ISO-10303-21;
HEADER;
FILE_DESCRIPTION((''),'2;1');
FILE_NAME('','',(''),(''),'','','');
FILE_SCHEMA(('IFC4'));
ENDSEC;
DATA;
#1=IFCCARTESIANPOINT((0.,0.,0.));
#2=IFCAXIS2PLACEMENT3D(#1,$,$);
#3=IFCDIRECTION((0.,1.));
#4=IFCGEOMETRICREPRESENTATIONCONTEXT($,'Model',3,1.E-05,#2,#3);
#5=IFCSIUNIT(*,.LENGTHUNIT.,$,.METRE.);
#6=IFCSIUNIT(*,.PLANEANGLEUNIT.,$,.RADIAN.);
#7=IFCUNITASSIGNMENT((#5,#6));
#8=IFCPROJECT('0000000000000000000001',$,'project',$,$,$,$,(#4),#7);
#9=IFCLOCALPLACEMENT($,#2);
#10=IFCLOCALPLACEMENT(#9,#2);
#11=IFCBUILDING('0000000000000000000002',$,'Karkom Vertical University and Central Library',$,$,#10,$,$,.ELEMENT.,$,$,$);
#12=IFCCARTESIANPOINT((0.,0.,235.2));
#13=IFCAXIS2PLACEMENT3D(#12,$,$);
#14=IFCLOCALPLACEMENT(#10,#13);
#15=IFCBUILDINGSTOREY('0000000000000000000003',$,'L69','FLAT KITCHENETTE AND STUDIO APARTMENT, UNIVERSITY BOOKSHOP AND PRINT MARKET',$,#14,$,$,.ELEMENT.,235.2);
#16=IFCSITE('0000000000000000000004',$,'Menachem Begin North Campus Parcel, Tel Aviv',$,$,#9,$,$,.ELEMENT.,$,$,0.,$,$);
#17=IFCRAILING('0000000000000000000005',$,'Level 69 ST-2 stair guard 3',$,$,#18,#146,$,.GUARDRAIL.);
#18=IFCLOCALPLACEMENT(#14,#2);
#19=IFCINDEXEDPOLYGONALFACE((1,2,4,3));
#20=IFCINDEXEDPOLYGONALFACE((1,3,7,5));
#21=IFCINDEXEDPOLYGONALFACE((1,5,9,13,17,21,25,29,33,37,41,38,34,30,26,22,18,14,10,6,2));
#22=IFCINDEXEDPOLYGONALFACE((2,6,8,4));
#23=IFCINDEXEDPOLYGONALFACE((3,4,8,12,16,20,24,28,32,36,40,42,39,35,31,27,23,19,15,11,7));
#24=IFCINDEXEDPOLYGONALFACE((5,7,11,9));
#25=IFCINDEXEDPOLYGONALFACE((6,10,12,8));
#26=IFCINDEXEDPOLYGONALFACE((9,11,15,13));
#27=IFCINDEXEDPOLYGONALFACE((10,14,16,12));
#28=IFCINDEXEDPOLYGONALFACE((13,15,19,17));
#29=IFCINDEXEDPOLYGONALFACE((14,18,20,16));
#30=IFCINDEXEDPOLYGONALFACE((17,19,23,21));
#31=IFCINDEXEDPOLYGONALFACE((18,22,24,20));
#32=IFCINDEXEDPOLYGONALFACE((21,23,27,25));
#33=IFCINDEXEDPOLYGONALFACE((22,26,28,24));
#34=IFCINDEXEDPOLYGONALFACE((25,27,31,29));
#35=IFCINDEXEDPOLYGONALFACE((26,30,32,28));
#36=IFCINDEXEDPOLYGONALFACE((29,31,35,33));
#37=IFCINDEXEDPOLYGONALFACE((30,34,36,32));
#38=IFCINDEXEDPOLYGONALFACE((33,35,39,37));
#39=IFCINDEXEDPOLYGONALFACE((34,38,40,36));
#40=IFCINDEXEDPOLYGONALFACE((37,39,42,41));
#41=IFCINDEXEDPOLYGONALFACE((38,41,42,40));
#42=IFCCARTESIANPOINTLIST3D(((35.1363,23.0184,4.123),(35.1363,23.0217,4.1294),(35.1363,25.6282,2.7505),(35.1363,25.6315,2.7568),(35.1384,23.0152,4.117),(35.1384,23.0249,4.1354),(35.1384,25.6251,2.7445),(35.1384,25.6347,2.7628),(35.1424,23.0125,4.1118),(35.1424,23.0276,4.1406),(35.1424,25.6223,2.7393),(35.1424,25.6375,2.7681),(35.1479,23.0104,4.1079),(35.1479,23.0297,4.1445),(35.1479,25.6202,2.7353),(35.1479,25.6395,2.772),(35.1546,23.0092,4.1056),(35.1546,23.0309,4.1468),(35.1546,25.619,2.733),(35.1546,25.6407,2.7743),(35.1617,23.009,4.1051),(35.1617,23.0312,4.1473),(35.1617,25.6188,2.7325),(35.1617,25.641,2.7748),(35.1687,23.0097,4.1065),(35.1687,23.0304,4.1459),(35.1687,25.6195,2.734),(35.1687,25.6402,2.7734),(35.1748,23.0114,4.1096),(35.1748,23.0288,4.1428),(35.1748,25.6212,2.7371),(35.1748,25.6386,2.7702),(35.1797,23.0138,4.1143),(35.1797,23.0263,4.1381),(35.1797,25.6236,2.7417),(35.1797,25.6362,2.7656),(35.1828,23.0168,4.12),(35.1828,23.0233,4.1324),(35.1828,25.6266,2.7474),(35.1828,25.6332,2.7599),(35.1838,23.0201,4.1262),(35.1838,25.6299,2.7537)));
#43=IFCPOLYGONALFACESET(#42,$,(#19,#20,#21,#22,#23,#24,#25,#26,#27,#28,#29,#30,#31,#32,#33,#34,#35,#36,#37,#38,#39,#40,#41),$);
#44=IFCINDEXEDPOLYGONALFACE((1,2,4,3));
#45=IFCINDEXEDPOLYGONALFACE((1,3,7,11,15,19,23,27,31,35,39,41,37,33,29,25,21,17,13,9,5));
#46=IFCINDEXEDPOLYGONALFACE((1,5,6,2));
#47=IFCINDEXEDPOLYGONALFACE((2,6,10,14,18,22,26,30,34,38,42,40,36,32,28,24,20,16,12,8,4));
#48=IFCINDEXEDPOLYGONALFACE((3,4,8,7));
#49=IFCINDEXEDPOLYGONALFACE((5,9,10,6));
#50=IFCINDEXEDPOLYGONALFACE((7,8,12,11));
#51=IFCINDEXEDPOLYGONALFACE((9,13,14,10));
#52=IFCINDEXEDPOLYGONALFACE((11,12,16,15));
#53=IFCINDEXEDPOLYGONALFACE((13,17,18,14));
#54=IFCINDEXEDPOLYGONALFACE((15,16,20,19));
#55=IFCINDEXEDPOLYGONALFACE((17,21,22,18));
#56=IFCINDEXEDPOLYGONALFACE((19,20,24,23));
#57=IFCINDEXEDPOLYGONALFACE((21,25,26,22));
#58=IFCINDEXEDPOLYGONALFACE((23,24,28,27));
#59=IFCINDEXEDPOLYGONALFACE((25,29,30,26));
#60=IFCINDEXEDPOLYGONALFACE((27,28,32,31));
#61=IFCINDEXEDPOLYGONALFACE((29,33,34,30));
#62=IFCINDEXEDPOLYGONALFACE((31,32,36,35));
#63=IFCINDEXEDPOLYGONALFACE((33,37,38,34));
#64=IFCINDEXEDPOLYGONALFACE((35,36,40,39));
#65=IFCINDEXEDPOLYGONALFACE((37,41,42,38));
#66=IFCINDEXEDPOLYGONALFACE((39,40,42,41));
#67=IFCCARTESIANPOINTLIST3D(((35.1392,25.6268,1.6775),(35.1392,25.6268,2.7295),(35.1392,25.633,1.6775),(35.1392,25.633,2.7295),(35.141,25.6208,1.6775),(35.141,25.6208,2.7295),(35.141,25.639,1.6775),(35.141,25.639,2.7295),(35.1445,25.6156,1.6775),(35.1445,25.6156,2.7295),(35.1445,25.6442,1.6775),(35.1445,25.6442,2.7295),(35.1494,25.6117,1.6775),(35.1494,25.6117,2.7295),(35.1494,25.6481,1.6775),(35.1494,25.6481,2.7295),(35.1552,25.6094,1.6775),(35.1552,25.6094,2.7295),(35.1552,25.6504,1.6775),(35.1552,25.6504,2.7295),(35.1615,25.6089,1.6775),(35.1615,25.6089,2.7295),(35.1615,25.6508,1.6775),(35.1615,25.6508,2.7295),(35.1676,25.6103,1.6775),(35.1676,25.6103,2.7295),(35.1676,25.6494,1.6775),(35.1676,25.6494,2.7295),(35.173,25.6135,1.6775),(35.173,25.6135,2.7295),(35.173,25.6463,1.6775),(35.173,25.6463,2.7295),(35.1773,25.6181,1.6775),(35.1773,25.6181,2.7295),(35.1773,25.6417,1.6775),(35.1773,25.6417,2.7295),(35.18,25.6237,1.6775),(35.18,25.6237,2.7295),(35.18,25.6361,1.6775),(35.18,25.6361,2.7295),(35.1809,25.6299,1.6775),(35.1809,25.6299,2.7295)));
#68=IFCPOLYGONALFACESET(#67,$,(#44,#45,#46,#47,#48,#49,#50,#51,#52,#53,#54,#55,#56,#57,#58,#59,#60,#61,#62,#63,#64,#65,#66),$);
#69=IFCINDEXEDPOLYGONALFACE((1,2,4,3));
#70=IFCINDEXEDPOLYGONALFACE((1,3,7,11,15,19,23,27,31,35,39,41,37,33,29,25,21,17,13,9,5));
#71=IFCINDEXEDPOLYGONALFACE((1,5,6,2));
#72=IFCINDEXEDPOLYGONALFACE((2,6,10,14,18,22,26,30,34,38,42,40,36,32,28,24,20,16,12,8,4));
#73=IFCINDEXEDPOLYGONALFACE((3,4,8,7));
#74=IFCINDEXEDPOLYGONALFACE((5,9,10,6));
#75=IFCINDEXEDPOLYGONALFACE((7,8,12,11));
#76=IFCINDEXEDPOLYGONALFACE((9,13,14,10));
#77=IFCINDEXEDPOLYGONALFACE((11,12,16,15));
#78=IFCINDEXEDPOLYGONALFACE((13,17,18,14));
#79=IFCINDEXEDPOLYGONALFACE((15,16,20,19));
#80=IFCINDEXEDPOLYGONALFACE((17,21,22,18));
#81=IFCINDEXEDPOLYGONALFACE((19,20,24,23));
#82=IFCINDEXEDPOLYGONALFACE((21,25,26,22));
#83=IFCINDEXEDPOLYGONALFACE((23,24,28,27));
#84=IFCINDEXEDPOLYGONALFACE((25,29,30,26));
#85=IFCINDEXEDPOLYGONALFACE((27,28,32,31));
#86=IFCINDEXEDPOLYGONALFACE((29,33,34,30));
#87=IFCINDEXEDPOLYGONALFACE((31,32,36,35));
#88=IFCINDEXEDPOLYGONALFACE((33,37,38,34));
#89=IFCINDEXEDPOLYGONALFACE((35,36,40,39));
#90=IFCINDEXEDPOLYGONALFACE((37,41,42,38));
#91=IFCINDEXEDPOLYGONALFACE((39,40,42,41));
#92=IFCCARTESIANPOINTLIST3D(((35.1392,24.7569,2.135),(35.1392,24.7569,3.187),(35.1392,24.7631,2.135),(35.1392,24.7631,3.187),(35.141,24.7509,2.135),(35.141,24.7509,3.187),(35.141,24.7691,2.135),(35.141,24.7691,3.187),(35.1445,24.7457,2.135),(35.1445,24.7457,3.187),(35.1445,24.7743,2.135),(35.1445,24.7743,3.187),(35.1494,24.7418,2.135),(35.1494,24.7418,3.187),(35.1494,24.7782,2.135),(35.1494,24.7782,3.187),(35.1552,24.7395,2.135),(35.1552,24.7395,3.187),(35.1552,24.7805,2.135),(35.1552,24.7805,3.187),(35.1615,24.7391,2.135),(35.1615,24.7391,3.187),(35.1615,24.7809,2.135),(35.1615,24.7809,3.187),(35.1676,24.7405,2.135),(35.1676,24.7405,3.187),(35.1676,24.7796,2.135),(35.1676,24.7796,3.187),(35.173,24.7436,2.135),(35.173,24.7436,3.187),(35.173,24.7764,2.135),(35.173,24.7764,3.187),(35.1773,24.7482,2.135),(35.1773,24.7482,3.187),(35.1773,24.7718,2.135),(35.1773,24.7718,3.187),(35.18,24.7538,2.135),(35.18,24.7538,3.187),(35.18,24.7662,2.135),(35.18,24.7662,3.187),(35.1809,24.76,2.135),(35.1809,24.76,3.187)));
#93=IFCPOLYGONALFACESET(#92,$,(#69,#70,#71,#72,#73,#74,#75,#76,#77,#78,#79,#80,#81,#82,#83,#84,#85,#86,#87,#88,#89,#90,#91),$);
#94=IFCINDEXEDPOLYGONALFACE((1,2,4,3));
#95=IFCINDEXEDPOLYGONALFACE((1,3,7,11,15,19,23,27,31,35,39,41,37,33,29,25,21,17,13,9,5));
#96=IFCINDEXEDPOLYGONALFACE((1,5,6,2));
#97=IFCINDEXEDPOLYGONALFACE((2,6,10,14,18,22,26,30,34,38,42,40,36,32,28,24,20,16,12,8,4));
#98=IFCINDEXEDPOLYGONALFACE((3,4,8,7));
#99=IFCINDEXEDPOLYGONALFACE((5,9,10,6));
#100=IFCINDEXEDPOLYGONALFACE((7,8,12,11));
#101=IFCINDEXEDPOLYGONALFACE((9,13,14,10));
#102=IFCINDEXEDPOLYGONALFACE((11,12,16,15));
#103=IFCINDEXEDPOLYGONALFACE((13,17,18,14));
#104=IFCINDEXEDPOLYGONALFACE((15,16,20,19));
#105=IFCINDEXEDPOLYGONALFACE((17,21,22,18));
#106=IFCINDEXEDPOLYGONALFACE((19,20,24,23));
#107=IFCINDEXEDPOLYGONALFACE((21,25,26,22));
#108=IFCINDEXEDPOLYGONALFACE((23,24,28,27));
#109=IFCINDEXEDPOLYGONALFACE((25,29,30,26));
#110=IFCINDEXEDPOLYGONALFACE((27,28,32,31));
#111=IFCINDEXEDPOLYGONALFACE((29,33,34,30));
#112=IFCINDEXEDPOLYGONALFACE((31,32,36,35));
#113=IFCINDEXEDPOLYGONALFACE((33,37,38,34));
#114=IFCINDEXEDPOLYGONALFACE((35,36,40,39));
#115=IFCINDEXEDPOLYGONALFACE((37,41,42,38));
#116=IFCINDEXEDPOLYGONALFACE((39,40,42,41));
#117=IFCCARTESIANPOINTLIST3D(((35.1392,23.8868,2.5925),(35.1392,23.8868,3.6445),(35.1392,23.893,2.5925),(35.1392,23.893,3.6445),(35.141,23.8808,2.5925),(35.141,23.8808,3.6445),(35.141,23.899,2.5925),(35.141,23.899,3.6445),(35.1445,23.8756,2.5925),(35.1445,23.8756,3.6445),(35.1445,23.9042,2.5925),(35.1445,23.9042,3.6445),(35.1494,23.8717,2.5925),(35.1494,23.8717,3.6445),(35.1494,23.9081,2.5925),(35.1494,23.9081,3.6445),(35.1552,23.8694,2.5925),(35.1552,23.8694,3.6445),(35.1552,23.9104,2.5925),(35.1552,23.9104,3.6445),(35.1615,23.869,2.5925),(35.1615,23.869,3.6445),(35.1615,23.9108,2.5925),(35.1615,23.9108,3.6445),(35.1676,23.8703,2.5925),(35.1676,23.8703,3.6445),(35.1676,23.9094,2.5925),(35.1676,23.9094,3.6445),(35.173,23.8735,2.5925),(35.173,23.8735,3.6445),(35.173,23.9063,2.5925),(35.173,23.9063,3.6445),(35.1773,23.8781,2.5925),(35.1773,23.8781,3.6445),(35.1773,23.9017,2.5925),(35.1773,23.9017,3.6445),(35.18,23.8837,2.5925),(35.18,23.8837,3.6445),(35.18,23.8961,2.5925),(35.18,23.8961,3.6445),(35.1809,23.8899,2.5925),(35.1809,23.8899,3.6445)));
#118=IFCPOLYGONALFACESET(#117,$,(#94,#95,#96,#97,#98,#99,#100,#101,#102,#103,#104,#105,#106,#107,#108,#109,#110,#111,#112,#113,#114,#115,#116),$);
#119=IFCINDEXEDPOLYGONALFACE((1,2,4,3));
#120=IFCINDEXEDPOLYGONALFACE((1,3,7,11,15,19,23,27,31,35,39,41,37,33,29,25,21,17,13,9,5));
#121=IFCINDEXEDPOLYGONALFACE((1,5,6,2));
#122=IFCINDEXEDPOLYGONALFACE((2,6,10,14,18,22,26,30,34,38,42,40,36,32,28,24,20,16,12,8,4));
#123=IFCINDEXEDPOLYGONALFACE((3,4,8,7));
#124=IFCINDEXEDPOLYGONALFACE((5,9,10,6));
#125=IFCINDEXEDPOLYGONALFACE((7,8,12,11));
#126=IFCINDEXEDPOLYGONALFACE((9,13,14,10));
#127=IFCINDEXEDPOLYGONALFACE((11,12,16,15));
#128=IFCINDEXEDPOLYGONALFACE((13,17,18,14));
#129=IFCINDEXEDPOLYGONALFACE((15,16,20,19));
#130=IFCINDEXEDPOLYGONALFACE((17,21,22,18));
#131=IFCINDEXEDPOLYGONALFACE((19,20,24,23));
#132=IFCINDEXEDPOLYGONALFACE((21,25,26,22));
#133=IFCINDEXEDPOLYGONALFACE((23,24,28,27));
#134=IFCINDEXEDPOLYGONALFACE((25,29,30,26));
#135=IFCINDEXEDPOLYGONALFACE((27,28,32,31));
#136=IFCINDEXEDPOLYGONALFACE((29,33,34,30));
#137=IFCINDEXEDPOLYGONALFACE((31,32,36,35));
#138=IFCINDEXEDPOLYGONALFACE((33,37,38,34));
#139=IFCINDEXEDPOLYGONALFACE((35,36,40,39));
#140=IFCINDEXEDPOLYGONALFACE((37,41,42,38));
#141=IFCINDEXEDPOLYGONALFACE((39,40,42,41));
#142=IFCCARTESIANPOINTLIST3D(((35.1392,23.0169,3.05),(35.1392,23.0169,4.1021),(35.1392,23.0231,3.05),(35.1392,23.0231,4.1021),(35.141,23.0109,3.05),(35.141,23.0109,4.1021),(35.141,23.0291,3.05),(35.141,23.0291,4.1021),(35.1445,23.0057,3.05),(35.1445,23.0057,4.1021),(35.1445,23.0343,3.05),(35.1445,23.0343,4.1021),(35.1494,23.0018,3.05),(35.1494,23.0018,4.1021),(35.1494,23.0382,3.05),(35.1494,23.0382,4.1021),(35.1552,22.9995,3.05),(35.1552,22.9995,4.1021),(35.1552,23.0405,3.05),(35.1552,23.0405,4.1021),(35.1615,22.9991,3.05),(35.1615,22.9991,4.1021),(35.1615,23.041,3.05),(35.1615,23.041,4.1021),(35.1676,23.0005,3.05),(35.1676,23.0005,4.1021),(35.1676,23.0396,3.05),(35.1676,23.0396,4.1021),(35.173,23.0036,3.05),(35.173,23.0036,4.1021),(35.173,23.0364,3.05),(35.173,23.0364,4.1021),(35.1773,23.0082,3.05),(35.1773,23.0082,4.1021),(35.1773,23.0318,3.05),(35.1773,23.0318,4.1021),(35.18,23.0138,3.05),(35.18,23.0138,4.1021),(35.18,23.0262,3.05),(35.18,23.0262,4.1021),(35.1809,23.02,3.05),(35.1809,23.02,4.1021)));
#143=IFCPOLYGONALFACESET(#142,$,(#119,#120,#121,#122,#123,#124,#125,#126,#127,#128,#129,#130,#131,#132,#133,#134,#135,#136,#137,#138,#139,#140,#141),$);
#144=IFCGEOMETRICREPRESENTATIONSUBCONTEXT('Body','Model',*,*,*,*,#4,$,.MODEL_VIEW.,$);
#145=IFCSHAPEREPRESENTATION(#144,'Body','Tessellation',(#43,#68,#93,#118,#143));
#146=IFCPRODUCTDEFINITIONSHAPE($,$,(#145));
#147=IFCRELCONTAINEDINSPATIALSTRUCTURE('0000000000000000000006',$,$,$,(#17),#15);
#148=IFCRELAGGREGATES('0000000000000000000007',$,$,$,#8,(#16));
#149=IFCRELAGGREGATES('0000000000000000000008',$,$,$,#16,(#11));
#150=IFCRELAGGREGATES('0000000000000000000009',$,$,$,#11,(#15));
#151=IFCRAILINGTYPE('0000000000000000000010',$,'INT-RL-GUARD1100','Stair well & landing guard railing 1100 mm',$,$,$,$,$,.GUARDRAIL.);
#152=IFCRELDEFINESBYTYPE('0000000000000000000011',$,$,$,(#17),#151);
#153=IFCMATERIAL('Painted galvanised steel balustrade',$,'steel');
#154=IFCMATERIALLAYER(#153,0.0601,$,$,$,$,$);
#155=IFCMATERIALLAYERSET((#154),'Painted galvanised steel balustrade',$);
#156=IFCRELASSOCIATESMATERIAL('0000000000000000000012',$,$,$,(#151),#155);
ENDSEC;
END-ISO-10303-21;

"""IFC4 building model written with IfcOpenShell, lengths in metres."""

from ifc_helpers import new_model, si_unit, direction, frame, origin, origin_2d, place, context, subcontext, project, spatial, circle, extrude, material, layer, layer_set, type_object, element, save


model = new_model("IFC4")

# Units and contexts
model_context = context("Model", 3, precision=1e-05, world=origin(), true_north=direction((0.0, 1.0)))
body_context = subcontext(model_context, "Body", "Model", "MODEL_VIEW")
ifc_project = project(units=[si_unit("LENGTHUNIT", "METRE"), si_unit("PLANEANGLEUNIT", "RADIAN")], contexts=[model_context])

# Site, building, storey
site_placement = place(None, origin())
site = spatial("IfcSite", under=ifc_project, at=site_placement, Name="Menachem Begin North Campus Parcel, Tel Aviv", CompositionType="ELEMENT", RefElevation=0.0)
building_placement = place(site_placement, origin())
building = spatial("IfcBuilding", under=site, at=building_placement, Name="Karkom Vertical University and Central Library", CompositionType="ELEMENT")
storey_placement = place(building_placement, frame((0.0, 0.0, 235.2)))
storey = spatial("IfcBuildingStorey", under=building, at=storey_placement, Name="L69", Description="FLAT KITCHENETTE AND STUDIO APARTMENT, UNIVERSITY BOOKSHOP AND PRINT MARKET", CompositionType="ELEMENT", Elevation=235.2)

# Railing
ifc_material_1 = material(Name="Painted galvanised steel balustrade", Category="steel")
ifc_layer_1 = layer(ifc_material_1, 0.0601)
ifc_layer_set_1 = layer_set([ifc_layer_1], Name="Painted galvanised steel balustrade")
railing_type = type_object("IfcRailingType", Name="INT-RL-GUARD1100", Description="Stair well & landing guard railing 1100 mm", PredefinedType="GUARDRAIL", material=ifc_layer_set_1)
railing_1_placement = place(storey_placement, frame((35.1599, 25.6299, 1.6775)))
element("IfcRailing", 1, at=railing_1_placement, inside=storey, type_object=railing_type, Name="Level 69 ST-2 stair guard 3", PredefinedType="GUARDRAIL", context=body_context, shape_type="SweptSolid", body=[
    extrude(circle(Radius=0.0239, at=origin_2d()), frame((0.0, 0.0, 1.0762), z_axis=(0.0, -0.885065, 0.465467), x_axis=(1.0, 0.0, 0.0)), (0.0, 0.0, 1.0), 2.9487),
    extrude(circle(Radius=0.021, at=origin_2d()), origin(), (0.0, 0.0, 1.0), 1.052),
    extrude(circle(Radius=0.021, at=origin_2d()), frame((0.0, -0.8699, 0.4575)), (0.0, 0.0, 1.0), 1.052),
    extrude(circle(Radius=0.021, at=origin_2d()), frame((0.0, -1.74, 0.915)), (0.0, 0.0, 1.0), 1.052),
    extrude(circle(Radius=0.021, at=origin_2d()), frame((0.0, -2.6099, 1.3726)), (0.0, 0.0, 1.0), 1.052),
])

save(model, "model.ifc")
